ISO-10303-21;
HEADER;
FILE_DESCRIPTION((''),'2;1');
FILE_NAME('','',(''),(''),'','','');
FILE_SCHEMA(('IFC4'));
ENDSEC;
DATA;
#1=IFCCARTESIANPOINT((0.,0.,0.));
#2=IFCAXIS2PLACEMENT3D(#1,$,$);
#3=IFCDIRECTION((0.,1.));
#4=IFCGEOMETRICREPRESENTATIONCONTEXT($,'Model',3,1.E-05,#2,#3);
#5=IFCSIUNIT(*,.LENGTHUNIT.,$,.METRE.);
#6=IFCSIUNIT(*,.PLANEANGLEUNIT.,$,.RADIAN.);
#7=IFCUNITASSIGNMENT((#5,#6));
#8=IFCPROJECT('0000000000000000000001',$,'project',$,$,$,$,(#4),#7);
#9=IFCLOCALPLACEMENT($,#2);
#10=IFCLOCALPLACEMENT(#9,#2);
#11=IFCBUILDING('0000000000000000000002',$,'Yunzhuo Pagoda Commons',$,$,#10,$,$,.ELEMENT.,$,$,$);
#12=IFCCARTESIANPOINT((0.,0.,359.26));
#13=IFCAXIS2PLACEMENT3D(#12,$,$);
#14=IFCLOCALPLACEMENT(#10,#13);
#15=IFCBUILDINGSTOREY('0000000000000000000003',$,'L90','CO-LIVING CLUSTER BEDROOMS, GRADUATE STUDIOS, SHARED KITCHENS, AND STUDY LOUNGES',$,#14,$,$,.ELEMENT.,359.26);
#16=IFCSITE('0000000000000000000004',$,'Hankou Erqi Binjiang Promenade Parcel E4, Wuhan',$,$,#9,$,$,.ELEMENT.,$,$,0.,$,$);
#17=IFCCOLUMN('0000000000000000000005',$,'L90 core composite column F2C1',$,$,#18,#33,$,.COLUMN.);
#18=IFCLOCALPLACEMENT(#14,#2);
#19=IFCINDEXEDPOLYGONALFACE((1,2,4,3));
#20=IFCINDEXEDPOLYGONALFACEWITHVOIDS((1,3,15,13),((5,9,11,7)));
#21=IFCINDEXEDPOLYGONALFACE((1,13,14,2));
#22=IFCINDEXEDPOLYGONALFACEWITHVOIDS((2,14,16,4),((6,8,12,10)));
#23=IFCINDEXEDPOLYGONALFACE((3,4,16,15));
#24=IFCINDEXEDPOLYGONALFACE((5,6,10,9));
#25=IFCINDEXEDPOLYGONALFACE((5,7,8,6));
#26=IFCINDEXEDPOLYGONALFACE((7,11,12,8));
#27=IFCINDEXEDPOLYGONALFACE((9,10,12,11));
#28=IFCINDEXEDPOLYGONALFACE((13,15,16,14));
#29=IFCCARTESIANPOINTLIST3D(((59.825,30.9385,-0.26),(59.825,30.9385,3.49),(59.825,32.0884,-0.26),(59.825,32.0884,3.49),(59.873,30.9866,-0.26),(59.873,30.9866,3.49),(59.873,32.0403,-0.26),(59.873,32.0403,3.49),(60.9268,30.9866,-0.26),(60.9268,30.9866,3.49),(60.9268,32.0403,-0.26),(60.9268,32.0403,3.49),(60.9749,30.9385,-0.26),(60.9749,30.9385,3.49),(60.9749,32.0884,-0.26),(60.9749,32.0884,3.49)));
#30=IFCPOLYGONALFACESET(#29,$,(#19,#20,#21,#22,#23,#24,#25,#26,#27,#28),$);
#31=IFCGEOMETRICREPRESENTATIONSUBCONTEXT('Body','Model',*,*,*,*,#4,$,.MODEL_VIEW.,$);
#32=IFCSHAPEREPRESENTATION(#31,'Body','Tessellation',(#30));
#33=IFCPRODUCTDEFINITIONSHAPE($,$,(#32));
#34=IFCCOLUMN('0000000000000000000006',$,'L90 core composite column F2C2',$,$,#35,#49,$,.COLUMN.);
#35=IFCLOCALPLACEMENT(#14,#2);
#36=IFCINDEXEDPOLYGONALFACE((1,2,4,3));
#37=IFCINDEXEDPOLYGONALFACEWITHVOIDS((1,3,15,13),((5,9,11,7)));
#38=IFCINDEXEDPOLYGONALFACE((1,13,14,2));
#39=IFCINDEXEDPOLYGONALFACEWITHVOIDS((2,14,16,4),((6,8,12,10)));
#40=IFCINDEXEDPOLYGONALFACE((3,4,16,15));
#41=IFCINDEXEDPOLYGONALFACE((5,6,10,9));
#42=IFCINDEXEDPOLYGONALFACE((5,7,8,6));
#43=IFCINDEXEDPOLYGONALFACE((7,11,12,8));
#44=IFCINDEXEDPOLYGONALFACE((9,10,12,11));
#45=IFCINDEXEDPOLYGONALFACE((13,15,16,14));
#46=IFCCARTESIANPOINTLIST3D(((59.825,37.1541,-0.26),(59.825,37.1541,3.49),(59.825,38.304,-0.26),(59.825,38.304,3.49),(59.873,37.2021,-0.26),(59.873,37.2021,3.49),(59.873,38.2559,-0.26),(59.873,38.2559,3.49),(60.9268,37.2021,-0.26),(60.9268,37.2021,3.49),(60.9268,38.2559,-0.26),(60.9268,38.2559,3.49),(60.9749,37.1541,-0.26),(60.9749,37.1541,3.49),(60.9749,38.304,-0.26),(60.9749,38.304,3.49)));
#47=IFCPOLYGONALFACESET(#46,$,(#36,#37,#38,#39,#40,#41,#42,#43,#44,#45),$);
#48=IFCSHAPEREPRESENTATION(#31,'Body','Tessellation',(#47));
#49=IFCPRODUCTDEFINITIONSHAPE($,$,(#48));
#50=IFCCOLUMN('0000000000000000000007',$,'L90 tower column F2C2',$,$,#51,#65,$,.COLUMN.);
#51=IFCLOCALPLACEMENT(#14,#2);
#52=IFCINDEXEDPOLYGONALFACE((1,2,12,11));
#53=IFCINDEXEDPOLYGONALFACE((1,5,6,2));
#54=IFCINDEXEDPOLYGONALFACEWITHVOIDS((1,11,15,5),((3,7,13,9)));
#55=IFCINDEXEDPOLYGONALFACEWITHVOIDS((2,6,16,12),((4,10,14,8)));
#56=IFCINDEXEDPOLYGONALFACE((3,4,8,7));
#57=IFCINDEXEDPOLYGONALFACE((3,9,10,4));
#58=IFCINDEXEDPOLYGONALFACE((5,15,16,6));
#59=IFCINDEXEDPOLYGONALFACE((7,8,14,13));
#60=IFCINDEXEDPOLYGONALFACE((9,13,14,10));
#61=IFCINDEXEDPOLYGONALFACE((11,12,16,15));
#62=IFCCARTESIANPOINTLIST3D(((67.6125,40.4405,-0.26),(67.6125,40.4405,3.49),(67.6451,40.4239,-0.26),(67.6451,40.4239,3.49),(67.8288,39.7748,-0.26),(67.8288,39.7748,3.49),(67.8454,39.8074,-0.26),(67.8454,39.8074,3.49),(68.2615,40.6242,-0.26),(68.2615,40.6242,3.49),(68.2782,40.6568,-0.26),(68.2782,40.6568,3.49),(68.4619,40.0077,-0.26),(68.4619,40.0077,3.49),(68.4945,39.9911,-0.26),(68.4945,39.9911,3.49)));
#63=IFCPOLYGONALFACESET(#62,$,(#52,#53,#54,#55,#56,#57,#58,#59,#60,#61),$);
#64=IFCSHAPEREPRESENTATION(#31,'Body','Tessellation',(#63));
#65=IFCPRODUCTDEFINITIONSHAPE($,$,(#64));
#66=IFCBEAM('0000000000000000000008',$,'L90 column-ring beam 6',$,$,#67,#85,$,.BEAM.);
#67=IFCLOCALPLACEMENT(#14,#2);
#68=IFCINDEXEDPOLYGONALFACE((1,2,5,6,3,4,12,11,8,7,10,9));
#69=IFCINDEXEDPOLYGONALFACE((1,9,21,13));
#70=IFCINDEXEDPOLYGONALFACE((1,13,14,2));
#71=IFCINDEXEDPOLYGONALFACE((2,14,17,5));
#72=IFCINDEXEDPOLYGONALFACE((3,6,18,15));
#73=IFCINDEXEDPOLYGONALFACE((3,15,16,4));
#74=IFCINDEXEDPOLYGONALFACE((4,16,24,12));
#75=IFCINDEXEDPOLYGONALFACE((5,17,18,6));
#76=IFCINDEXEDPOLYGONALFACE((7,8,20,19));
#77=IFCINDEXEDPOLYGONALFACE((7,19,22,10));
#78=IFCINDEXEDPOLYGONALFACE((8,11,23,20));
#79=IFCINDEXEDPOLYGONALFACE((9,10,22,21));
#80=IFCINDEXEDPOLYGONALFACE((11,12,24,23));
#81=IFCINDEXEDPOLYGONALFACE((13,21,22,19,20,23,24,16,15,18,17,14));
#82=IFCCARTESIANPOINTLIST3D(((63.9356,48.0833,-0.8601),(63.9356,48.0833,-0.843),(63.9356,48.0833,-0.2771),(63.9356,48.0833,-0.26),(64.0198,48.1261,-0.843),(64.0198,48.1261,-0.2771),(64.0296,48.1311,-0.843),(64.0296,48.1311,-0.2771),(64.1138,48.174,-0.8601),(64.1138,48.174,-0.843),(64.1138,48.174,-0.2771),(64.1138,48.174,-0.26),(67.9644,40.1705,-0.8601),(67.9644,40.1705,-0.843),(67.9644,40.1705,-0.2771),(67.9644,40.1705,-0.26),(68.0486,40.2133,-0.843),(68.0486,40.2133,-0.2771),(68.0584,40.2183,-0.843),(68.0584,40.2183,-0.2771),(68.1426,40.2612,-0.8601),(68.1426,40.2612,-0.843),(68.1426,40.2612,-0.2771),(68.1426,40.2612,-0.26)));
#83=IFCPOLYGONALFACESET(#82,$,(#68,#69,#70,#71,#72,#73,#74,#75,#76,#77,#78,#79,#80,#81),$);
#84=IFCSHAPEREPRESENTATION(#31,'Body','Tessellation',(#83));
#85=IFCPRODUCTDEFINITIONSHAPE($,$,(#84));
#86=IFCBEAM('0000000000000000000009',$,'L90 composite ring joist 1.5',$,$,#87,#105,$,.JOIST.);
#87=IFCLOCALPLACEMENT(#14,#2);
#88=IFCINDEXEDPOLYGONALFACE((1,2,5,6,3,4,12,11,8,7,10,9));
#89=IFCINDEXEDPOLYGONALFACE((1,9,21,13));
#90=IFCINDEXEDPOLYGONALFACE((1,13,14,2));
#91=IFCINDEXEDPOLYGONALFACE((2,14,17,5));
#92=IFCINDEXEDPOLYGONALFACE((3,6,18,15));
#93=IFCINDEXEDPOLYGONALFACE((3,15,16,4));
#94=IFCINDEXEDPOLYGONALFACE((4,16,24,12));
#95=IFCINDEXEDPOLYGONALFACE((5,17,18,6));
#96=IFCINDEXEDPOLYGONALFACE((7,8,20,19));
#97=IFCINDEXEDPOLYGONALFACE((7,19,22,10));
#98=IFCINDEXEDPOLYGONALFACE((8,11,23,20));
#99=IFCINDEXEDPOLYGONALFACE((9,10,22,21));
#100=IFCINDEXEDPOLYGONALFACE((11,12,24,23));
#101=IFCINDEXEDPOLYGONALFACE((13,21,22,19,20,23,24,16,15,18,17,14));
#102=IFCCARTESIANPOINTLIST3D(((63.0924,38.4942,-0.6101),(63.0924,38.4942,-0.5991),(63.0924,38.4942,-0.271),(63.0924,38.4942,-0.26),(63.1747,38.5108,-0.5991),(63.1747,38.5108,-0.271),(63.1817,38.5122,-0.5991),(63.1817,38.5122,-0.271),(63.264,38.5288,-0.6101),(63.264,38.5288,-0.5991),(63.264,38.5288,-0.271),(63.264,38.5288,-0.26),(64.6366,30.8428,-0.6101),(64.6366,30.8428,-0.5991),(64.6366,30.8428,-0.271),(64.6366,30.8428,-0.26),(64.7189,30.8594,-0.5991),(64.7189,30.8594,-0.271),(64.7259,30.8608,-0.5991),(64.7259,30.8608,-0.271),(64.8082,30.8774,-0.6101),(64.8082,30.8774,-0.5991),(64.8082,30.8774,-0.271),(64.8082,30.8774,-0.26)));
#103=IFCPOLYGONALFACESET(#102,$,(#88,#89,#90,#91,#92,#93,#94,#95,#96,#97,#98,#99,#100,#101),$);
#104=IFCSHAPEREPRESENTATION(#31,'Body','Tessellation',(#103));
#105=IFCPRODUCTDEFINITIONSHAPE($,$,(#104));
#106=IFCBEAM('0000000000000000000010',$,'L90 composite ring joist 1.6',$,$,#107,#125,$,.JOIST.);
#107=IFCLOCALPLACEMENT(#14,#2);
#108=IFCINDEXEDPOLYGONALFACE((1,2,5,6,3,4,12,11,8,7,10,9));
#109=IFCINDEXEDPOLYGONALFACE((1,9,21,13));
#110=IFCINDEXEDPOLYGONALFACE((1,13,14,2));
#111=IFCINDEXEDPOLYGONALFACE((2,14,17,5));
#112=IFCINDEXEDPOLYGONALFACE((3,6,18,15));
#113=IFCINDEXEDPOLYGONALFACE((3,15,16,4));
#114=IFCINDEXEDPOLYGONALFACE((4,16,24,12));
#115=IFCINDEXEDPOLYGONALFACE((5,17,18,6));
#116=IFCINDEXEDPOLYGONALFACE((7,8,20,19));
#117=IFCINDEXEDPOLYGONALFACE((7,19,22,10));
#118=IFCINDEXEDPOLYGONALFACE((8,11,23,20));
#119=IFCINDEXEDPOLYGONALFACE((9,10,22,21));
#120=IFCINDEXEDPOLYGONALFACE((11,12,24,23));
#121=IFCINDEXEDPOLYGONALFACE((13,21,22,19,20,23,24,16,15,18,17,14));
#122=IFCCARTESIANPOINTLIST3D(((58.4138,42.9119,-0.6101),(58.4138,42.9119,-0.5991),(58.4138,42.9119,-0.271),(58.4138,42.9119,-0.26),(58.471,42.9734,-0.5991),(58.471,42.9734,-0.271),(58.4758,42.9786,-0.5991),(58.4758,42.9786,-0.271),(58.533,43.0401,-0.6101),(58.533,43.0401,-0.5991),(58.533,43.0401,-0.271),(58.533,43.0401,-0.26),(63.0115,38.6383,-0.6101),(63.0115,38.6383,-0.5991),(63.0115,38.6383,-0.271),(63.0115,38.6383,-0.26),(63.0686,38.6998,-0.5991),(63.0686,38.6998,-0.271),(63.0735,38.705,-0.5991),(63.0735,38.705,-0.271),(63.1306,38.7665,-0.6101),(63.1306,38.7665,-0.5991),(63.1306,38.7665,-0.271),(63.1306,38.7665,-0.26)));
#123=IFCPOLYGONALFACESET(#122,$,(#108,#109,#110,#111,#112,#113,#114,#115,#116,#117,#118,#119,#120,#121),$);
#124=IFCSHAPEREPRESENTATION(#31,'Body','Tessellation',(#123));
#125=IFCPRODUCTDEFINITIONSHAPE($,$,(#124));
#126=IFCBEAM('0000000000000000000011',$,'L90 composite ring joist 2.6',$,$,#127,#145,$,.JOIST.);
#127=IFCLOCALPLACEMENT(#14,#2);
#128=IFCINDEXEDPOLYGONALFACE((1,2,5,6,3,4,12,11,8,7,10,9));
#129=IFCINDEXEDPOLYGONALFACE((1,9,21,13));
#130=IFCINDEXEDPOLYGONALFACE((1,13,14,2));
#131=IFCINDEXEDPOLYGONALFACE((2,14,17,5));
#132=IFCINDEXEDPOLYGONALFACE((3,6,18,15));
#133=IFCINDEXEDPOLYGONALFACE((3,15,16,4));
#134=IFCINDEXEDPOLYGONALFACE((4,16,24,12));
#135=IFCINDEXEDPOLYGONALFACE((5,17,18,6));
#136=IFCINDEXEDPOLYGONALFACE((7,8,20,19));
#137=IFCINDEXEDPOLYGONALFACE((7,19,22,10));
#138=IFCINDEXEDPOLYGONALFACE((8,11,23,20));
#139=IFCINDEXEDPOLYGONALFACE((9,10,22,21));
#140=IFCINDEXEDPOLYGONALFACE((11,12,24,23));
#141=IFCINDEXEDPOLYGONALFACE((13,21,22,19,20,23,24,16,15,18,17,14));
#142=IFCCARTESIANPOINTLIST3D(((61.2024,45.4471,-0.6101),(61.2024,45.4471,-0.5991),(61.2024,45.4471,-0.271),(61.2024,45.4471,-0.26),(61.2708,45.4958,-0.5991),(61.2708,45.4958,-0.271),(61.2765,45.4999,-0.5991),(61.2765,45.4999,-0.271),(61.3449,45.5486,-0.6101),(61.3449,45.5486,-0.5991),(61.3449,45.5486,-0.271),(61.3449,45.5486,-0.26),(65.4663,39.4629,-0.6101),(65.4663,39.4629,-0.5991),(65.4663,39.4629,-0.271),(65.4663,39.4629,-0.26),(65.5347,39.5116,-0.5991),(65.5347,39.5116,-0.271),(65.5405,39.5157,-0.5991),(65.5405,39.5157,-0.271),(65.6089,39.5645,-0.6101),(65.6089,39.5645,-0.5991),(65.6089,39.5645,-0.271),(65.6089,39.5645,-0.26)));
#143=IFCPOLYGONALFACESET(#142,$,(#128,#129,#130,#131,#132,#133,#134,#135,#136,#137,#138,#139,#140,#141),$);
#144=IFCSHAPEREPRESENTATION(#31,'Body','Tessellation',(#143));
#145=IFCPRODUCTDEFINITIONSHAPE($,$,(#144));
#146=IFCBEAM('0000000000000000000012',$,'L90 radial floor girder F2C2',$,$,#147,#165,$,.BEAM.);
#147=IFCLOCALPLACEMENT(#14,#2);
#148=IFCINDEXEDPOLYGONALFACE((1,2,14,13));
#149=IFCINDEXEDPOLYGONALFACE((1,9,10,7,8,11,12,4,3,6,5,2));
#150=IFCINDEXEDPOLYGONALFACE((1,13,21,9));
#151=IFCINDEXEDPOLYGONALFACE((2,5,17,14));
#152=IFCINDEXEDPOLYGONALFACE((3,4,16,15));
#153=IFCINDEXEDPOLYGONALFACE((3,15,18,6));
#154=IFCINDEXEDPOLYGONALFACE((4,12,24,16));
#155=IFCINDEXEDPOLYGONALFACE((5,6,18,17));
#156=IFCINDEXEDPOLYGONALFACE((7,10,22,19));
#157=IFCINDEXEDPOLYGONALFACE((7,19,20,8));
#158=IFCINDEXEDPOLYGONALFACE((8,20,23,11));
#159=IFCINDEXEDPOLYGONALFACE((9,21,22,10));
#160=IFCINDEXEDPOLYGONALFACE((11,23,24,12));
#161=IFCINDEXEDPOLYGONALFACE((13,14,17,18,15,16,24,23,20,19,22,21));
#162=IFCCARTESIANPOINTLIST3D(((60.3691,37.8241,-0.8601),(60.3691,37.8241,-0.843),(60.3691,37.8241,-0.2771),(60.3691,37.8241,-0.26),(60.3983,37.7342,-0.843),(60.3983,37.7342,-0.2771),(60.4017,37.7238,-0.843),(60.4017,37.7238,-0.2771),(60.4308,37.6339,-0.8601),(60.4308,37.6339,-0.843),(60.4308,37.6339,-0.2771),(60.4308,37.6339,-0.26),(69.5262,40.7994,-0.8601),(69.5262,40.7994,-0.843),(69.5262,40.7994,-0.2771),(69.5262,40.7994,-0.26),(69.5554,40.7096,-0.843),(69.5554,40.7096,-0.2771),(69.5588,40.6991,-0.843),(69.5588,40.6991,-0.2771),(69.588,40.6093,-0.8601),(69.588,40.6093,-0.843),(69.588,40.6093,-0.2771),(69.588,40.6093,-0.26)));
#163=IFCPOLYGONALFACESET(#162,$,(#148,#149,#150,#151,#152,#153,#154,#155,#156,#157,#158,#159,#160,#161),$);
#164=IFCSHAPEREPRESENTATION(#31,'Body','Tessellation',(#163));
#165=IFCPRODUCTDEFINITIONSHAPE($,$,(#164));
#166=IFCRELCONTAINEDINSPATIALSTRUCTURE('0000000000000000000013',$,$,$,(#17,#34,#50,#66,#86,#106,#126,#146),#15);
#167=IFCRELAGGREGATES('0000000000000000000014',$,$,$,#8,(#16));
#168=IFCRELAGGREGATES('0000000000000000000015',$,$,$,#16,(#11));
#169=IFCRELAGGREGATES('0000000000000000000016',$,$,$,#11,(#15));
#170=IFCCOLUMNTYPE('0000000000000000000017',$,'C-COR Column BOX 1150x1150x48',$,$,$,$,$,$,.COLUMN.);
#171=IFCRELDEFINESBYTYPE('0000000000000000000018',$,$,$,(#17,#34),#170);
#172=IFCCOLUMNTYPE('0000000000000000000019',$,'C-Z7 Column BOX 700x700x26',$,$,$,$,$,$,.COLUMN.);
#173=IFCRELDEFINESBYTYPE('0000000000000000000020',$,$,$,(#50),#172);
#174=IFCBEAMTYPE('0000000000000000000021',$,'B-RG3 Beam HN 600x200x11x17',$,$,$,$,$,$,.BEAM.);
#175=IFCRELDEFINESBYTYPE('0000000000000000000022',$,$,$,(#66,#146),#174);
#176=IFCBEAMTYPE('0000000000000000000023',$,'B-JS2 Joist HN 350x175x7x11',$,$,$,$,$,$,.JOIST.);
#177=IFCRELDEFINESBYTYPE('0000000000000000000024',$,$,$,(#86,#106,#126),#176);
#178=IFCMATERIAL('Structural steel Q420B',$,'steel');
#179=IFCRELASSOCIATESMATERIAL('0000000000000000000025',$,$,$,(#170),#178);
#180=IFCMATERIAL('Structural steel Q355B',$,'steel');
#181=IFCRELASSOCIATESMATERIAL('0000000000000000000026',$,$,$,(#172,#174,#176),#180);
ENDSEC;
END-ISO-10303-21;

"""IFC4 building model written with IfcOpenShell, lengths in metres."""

from ifc_helpers import new_model, si_unit, direction, frame, origin, origin_2d, place, context, subcontext, project, spatial, hollow_rectangle, i_section, extrude, source, transform, mapped, material, material_profile, profile_set, type_object, element, save


model = new_model("IFC4")

# Units and contexts
model_context = context("Model", 3, precision=1e-05, world=origin(), true_north=direction((0.0, 1.0)))
body_context = subcontext(model_context, "Body", "Model", "MODEL_VIEW")
ifc_project = project(units=[si_unit("LENGTHUNIT", "METRE"), si_unit("PLANEANGLEUNIT", "RADIAN")], contexts=[model_context])

# Site, building, storey
site_placement = place(None, origin())
site = spatial("IfcSite", under=ifc_project, at=site_placement, Name="Hankou Erqi Binjiang Promenade Parcel E4, Wuhan", CompositionType="ELEMENT", RefElevation=0.0)
building_placement = place(site_placement, origin())
building = spatial("IfcBuilding", under=site, at=building_placement, Name="Yunzhuo Pagoda Commons", CompositionType="ELEMENT")
storey_placement = place(building_placement, frame((0.0, 0.0, 359.26)))
storey = spatial("IfcBuildingStorey", under=building, at=storey_placement, Name="L90", Description="CO-LIVING CLUSTER BEDROOMS, GRADUATE STUDIOS, SHARED KITCHENS, AND STUDY LOUNGES", CompositionType="ELEMENT", Elevation=359.26)

# Columns
ifc_material_1 = material(Name="Structural steel Q420B", Category="steel")
ifc_material_profile_1 = material_profile(ifc_material_1, hollow_rectangle(XDim=1.1499, YDim=1.1499, WallThickness=0.0481, at=origin_2d()), Name="Structural steel Q420B")
ifc_profile_set_1 = profile_set([ifc_material_profile_1], Name="Structural steel Q420B")
column_type_1 = type_object("IfcColumnType", Name="C-COR Column BOX 1150x1150x48", PredefinedType="COLUMN", material=ifc_profile_set_1)
shared_shape_1 = source(origin(), body_context, "Body", "SweptSolid", [
    extrude(hollow_rectangle(XDim=1.1499, YDim=1.1499, WallThickness=0.0481, at=origin_2d()), origin(), (0.0, 0.0, 1.0), 3.75),
])
for number, where, z_axis, x_axis, name in (
    (1, (60.3999, 31.5134, -0.26), (0.0, 0.0, 1.0), (1.0, 0.0, 0.0), "L90 core composite column F2C1"),
    (2, (60.3999, 37.729, -0.26), (0.0, 0.0, 1.0), (1.0, 0.0, 0.0), "L90 core composite column F2C2"),
):
    element("IfcColumn", number, at=place(storey_placement, frame(where, z_axis=z_axis, x_axis=x_axis)), inside=storey, type_object=column_type_1, Name=name, PredefinedType="COLUMN", context=body_context, shape_type="MappedRepresentation", body=[
        mapped(shared_shape_1, transform((0.0, 0.0, 0.0), scale=1.0)),
    ])
ifc_material_2 = material(Name="Structural steel Q355B", Category="steel")
ifc_material_profile_2 = material_profile(ifc_material_2, hollow_rectangle(XDim=0.7, YDim=0.7, WallThickness=0.0259, at=origin_2d()), Name="Structural steel Q355B")
ifc_profile_set_2 = profile_set([ifc_material_profile_2], Name="Structural steel Q355B")
column_type_2 = type_object("IfcColumnType", Name="C-Z7 Column BOX 700x700x26", PredefinedType="COLUMN", material=ifc_profile_set_2)
shared_shape_2 = source(origin(), body_context, "Body", "SweptSolid", [
    extrude(hollow_rectangle(XDim=0.7, YDim=0.7, WallThickness=0.0259, at=origin_2d()), origin(), (0.0, 0.0, 1.0), 3.75),
])
column_placement = place(storey_placement, frame((68.0535, 40.2158, -0.26), z_axis=(0.0, 0.0, 1.0), x_axis=(-0.309017, 0.951057, 0.0)))
element("IfcColumn", 3, at=column_placement, inside=storey, type_object=column_type_2, Name="L90 tower column F2C2", PredefinedType="COLUMN", context=body_context, shape_type="MappedRepresentation", body=[
    mapped(shared_shape_2, transform((0.0, 0.0, 0.0), scale=1.0)),
])

# Beams
ifc_material_profile_3 = material_profile(ifc_material_2, i_section(OverallWidth=0.2, OverallDepth=0.6001, WebThickness=0.011, FlangeThickness=0.0171, at=origin_2d()), Name="Structural steel Q355B")
ifc_profile_set_3 = profile_set([ifc_material_profile_3], Name="Structural steel Q355B")
beam_type_1 = type_object("IfcBeamType", Name="B-RG3 Beam HN 600x200x11x17", PredefinedType="BEAM", material=ifc_profile_set_3)
shared_shape_3 = source(origin(), body_context, "Body", "SweptSolid", [
    extrude(i_section(OverallWidth=0.2, OverallDepth=0.6001, WebThickness=0.011, FlangeThickness=0.0171, at=origin_2d()), origin(), (0.0, 0.0, 1.0), 8.8794),
])
beam_1_placement = place(storey_placement, frame((68.0535, 40.2158, -0.5601), z_axis=(-0.453724, 0.891142, 0.0), x_axis=(-0.891142, -0.453724, 0.0)))
element("IfcBeam", 4, at=beam_1_placement, inside=storey, type_object=beam_type_1, Name="L90 column-ring beam 6", PredefinedType="BEAM", context=body_context, shape_type="MappedRepresentation", body=[
    mapped(shared_shape_3, transform((0.0, 0.0, 0.0), scale=1.0)),
])
ifc_material_profile_4 = material_profile(ifc_material_2, i_section(OverallWidth=0.175, OverallDepth=0.3501, WebThickness=0.0071, FlangeThickness=0.011, at=origin_2d()), Name="Structural steel Q355B")
ifc_profile_set_4 = profile_set([ifc_material_profile_4], Name="Structural steel Q355B")
beam_type_2 = type_object("IfcBeamType", Name="B-JS2 Joist HN 350x175x7x11", PredefinedType="JOIST", material=ifc_profile_set_4)
shared_shape_4 = source(origin(), body_context, "Body", "SweptSolid", [
    extrude(i_section(OverallWidth=0.175, OverallDepth=0.3501, WebThickness=0.0071, FlangeThickness=0.011, at=origin_2d()), origin(), (0.0, 0.0, 1.0), 7.8057),
])
beam_2_placement = place(storey_placement, frame((64.7224, 30.8601, -0.4351), z_axis=(-0.19783, 0.980236, 0.0), x_axis=(-0.980236, -0.19783, 0.0)))
element("IfcBeam", 5, at=beam_2_placement, inside=storey, type_object=beam_type_2, Name="L90 composite ring joist 1.5", PredefinedType="JOIST", context=body_context, shape_type="MappedRepresentation", body=[
    mapped(shared_shape_4, transform((0.0, 0.0, 0.0), scale=1.0)),
])
shared_shape_5 = source(origin(), body_context, "Body", "SweptSolid", [
    extrude(i_section(OverallWidth=0.175, OverallDepth=0.3501, WebThickness=0.0071, FlangeThickness=0.011, at=origin_2d()), origin(), (0.0, 0.0, 1.0), 6.2771),
])
beam_3_placement = place(storey_placement, frame((63.071, 38.7024, -0.4351), z_axis=(-0.732442, 0.68083, 0.0), x_axis=(-0.68083, -0.732442, 0.0)))
element("IfcBeam", 6, at=beam_3_placement, inside=storey, type_object=beam_type_2, Name="L90 composite ring joist 1.6", PredefinedType="JOIST", context=body_context, shape_type="MappedRepresentation", body=[
    mapped(shared_shape_5, transform((0.0, 0.0, 0.0), scale=1.0)),
])
shared_shape_6 = source(origin(), body_context, "Body", "SweptSolid", [
    extrude(i_section(OverallWidth=0.175, OverallDepth=0.3501, WebThickness=0.0071, FlangeThickness=0.011, at=origin_2d()), origin(), (0.0, 0.0, 1.0), 7.3479),
])
beam_4_placement = place(storey_placement, frame((65.5376, 39.5137, -0.4351), z_axis=(-0.580295, 0.814406, 0.0), x_axis=(-0.814406, -0.580295, 0.0)))
element("IfcBeam", 7, at=beam_4_placement, inside=storey, type_object=beam_type_2, Name="L90 composite ring joist 2.6", PredefinedType="JOIST", context=body_context, shape_type="MappedRepresentation", body=[
    mapped(shared_shape_6, transform((0.0, 0.0, 0.0), scale=1.0)),
])
shared_shape_7 = source(origin(), body_context, "Body", "SweptSolid", [
    extrude(i_section(OverallWidth=0.2, OverallDepth=0.6001, WebThickness=0.011, FlangeThickness=0.0171, at=origin_2d()), origin(), (0.0, 0.0, 1.0), 9.6284),
])
beam_5_placement = place(storey_placement, frame((69.5571, 40.7043, -0.5601), z_axis=(-0.951057, -0.309015, 0.0), x_axis=(0.309015, -0.951057, 0.0)))
element("IfcBeam", 8, at=beam_5_placement, inside=storey, type_object=beam_type_1, Name="L90 radial floor girder F2C2", PredefinedType="BEAM", context=body_context, shape_type="MappedRepresentation", body=[
    mapped(shared_shape_7, transform((0.0, 0.0, 0.0), scale=1.0)),
])

save(model, "model.ifc")
